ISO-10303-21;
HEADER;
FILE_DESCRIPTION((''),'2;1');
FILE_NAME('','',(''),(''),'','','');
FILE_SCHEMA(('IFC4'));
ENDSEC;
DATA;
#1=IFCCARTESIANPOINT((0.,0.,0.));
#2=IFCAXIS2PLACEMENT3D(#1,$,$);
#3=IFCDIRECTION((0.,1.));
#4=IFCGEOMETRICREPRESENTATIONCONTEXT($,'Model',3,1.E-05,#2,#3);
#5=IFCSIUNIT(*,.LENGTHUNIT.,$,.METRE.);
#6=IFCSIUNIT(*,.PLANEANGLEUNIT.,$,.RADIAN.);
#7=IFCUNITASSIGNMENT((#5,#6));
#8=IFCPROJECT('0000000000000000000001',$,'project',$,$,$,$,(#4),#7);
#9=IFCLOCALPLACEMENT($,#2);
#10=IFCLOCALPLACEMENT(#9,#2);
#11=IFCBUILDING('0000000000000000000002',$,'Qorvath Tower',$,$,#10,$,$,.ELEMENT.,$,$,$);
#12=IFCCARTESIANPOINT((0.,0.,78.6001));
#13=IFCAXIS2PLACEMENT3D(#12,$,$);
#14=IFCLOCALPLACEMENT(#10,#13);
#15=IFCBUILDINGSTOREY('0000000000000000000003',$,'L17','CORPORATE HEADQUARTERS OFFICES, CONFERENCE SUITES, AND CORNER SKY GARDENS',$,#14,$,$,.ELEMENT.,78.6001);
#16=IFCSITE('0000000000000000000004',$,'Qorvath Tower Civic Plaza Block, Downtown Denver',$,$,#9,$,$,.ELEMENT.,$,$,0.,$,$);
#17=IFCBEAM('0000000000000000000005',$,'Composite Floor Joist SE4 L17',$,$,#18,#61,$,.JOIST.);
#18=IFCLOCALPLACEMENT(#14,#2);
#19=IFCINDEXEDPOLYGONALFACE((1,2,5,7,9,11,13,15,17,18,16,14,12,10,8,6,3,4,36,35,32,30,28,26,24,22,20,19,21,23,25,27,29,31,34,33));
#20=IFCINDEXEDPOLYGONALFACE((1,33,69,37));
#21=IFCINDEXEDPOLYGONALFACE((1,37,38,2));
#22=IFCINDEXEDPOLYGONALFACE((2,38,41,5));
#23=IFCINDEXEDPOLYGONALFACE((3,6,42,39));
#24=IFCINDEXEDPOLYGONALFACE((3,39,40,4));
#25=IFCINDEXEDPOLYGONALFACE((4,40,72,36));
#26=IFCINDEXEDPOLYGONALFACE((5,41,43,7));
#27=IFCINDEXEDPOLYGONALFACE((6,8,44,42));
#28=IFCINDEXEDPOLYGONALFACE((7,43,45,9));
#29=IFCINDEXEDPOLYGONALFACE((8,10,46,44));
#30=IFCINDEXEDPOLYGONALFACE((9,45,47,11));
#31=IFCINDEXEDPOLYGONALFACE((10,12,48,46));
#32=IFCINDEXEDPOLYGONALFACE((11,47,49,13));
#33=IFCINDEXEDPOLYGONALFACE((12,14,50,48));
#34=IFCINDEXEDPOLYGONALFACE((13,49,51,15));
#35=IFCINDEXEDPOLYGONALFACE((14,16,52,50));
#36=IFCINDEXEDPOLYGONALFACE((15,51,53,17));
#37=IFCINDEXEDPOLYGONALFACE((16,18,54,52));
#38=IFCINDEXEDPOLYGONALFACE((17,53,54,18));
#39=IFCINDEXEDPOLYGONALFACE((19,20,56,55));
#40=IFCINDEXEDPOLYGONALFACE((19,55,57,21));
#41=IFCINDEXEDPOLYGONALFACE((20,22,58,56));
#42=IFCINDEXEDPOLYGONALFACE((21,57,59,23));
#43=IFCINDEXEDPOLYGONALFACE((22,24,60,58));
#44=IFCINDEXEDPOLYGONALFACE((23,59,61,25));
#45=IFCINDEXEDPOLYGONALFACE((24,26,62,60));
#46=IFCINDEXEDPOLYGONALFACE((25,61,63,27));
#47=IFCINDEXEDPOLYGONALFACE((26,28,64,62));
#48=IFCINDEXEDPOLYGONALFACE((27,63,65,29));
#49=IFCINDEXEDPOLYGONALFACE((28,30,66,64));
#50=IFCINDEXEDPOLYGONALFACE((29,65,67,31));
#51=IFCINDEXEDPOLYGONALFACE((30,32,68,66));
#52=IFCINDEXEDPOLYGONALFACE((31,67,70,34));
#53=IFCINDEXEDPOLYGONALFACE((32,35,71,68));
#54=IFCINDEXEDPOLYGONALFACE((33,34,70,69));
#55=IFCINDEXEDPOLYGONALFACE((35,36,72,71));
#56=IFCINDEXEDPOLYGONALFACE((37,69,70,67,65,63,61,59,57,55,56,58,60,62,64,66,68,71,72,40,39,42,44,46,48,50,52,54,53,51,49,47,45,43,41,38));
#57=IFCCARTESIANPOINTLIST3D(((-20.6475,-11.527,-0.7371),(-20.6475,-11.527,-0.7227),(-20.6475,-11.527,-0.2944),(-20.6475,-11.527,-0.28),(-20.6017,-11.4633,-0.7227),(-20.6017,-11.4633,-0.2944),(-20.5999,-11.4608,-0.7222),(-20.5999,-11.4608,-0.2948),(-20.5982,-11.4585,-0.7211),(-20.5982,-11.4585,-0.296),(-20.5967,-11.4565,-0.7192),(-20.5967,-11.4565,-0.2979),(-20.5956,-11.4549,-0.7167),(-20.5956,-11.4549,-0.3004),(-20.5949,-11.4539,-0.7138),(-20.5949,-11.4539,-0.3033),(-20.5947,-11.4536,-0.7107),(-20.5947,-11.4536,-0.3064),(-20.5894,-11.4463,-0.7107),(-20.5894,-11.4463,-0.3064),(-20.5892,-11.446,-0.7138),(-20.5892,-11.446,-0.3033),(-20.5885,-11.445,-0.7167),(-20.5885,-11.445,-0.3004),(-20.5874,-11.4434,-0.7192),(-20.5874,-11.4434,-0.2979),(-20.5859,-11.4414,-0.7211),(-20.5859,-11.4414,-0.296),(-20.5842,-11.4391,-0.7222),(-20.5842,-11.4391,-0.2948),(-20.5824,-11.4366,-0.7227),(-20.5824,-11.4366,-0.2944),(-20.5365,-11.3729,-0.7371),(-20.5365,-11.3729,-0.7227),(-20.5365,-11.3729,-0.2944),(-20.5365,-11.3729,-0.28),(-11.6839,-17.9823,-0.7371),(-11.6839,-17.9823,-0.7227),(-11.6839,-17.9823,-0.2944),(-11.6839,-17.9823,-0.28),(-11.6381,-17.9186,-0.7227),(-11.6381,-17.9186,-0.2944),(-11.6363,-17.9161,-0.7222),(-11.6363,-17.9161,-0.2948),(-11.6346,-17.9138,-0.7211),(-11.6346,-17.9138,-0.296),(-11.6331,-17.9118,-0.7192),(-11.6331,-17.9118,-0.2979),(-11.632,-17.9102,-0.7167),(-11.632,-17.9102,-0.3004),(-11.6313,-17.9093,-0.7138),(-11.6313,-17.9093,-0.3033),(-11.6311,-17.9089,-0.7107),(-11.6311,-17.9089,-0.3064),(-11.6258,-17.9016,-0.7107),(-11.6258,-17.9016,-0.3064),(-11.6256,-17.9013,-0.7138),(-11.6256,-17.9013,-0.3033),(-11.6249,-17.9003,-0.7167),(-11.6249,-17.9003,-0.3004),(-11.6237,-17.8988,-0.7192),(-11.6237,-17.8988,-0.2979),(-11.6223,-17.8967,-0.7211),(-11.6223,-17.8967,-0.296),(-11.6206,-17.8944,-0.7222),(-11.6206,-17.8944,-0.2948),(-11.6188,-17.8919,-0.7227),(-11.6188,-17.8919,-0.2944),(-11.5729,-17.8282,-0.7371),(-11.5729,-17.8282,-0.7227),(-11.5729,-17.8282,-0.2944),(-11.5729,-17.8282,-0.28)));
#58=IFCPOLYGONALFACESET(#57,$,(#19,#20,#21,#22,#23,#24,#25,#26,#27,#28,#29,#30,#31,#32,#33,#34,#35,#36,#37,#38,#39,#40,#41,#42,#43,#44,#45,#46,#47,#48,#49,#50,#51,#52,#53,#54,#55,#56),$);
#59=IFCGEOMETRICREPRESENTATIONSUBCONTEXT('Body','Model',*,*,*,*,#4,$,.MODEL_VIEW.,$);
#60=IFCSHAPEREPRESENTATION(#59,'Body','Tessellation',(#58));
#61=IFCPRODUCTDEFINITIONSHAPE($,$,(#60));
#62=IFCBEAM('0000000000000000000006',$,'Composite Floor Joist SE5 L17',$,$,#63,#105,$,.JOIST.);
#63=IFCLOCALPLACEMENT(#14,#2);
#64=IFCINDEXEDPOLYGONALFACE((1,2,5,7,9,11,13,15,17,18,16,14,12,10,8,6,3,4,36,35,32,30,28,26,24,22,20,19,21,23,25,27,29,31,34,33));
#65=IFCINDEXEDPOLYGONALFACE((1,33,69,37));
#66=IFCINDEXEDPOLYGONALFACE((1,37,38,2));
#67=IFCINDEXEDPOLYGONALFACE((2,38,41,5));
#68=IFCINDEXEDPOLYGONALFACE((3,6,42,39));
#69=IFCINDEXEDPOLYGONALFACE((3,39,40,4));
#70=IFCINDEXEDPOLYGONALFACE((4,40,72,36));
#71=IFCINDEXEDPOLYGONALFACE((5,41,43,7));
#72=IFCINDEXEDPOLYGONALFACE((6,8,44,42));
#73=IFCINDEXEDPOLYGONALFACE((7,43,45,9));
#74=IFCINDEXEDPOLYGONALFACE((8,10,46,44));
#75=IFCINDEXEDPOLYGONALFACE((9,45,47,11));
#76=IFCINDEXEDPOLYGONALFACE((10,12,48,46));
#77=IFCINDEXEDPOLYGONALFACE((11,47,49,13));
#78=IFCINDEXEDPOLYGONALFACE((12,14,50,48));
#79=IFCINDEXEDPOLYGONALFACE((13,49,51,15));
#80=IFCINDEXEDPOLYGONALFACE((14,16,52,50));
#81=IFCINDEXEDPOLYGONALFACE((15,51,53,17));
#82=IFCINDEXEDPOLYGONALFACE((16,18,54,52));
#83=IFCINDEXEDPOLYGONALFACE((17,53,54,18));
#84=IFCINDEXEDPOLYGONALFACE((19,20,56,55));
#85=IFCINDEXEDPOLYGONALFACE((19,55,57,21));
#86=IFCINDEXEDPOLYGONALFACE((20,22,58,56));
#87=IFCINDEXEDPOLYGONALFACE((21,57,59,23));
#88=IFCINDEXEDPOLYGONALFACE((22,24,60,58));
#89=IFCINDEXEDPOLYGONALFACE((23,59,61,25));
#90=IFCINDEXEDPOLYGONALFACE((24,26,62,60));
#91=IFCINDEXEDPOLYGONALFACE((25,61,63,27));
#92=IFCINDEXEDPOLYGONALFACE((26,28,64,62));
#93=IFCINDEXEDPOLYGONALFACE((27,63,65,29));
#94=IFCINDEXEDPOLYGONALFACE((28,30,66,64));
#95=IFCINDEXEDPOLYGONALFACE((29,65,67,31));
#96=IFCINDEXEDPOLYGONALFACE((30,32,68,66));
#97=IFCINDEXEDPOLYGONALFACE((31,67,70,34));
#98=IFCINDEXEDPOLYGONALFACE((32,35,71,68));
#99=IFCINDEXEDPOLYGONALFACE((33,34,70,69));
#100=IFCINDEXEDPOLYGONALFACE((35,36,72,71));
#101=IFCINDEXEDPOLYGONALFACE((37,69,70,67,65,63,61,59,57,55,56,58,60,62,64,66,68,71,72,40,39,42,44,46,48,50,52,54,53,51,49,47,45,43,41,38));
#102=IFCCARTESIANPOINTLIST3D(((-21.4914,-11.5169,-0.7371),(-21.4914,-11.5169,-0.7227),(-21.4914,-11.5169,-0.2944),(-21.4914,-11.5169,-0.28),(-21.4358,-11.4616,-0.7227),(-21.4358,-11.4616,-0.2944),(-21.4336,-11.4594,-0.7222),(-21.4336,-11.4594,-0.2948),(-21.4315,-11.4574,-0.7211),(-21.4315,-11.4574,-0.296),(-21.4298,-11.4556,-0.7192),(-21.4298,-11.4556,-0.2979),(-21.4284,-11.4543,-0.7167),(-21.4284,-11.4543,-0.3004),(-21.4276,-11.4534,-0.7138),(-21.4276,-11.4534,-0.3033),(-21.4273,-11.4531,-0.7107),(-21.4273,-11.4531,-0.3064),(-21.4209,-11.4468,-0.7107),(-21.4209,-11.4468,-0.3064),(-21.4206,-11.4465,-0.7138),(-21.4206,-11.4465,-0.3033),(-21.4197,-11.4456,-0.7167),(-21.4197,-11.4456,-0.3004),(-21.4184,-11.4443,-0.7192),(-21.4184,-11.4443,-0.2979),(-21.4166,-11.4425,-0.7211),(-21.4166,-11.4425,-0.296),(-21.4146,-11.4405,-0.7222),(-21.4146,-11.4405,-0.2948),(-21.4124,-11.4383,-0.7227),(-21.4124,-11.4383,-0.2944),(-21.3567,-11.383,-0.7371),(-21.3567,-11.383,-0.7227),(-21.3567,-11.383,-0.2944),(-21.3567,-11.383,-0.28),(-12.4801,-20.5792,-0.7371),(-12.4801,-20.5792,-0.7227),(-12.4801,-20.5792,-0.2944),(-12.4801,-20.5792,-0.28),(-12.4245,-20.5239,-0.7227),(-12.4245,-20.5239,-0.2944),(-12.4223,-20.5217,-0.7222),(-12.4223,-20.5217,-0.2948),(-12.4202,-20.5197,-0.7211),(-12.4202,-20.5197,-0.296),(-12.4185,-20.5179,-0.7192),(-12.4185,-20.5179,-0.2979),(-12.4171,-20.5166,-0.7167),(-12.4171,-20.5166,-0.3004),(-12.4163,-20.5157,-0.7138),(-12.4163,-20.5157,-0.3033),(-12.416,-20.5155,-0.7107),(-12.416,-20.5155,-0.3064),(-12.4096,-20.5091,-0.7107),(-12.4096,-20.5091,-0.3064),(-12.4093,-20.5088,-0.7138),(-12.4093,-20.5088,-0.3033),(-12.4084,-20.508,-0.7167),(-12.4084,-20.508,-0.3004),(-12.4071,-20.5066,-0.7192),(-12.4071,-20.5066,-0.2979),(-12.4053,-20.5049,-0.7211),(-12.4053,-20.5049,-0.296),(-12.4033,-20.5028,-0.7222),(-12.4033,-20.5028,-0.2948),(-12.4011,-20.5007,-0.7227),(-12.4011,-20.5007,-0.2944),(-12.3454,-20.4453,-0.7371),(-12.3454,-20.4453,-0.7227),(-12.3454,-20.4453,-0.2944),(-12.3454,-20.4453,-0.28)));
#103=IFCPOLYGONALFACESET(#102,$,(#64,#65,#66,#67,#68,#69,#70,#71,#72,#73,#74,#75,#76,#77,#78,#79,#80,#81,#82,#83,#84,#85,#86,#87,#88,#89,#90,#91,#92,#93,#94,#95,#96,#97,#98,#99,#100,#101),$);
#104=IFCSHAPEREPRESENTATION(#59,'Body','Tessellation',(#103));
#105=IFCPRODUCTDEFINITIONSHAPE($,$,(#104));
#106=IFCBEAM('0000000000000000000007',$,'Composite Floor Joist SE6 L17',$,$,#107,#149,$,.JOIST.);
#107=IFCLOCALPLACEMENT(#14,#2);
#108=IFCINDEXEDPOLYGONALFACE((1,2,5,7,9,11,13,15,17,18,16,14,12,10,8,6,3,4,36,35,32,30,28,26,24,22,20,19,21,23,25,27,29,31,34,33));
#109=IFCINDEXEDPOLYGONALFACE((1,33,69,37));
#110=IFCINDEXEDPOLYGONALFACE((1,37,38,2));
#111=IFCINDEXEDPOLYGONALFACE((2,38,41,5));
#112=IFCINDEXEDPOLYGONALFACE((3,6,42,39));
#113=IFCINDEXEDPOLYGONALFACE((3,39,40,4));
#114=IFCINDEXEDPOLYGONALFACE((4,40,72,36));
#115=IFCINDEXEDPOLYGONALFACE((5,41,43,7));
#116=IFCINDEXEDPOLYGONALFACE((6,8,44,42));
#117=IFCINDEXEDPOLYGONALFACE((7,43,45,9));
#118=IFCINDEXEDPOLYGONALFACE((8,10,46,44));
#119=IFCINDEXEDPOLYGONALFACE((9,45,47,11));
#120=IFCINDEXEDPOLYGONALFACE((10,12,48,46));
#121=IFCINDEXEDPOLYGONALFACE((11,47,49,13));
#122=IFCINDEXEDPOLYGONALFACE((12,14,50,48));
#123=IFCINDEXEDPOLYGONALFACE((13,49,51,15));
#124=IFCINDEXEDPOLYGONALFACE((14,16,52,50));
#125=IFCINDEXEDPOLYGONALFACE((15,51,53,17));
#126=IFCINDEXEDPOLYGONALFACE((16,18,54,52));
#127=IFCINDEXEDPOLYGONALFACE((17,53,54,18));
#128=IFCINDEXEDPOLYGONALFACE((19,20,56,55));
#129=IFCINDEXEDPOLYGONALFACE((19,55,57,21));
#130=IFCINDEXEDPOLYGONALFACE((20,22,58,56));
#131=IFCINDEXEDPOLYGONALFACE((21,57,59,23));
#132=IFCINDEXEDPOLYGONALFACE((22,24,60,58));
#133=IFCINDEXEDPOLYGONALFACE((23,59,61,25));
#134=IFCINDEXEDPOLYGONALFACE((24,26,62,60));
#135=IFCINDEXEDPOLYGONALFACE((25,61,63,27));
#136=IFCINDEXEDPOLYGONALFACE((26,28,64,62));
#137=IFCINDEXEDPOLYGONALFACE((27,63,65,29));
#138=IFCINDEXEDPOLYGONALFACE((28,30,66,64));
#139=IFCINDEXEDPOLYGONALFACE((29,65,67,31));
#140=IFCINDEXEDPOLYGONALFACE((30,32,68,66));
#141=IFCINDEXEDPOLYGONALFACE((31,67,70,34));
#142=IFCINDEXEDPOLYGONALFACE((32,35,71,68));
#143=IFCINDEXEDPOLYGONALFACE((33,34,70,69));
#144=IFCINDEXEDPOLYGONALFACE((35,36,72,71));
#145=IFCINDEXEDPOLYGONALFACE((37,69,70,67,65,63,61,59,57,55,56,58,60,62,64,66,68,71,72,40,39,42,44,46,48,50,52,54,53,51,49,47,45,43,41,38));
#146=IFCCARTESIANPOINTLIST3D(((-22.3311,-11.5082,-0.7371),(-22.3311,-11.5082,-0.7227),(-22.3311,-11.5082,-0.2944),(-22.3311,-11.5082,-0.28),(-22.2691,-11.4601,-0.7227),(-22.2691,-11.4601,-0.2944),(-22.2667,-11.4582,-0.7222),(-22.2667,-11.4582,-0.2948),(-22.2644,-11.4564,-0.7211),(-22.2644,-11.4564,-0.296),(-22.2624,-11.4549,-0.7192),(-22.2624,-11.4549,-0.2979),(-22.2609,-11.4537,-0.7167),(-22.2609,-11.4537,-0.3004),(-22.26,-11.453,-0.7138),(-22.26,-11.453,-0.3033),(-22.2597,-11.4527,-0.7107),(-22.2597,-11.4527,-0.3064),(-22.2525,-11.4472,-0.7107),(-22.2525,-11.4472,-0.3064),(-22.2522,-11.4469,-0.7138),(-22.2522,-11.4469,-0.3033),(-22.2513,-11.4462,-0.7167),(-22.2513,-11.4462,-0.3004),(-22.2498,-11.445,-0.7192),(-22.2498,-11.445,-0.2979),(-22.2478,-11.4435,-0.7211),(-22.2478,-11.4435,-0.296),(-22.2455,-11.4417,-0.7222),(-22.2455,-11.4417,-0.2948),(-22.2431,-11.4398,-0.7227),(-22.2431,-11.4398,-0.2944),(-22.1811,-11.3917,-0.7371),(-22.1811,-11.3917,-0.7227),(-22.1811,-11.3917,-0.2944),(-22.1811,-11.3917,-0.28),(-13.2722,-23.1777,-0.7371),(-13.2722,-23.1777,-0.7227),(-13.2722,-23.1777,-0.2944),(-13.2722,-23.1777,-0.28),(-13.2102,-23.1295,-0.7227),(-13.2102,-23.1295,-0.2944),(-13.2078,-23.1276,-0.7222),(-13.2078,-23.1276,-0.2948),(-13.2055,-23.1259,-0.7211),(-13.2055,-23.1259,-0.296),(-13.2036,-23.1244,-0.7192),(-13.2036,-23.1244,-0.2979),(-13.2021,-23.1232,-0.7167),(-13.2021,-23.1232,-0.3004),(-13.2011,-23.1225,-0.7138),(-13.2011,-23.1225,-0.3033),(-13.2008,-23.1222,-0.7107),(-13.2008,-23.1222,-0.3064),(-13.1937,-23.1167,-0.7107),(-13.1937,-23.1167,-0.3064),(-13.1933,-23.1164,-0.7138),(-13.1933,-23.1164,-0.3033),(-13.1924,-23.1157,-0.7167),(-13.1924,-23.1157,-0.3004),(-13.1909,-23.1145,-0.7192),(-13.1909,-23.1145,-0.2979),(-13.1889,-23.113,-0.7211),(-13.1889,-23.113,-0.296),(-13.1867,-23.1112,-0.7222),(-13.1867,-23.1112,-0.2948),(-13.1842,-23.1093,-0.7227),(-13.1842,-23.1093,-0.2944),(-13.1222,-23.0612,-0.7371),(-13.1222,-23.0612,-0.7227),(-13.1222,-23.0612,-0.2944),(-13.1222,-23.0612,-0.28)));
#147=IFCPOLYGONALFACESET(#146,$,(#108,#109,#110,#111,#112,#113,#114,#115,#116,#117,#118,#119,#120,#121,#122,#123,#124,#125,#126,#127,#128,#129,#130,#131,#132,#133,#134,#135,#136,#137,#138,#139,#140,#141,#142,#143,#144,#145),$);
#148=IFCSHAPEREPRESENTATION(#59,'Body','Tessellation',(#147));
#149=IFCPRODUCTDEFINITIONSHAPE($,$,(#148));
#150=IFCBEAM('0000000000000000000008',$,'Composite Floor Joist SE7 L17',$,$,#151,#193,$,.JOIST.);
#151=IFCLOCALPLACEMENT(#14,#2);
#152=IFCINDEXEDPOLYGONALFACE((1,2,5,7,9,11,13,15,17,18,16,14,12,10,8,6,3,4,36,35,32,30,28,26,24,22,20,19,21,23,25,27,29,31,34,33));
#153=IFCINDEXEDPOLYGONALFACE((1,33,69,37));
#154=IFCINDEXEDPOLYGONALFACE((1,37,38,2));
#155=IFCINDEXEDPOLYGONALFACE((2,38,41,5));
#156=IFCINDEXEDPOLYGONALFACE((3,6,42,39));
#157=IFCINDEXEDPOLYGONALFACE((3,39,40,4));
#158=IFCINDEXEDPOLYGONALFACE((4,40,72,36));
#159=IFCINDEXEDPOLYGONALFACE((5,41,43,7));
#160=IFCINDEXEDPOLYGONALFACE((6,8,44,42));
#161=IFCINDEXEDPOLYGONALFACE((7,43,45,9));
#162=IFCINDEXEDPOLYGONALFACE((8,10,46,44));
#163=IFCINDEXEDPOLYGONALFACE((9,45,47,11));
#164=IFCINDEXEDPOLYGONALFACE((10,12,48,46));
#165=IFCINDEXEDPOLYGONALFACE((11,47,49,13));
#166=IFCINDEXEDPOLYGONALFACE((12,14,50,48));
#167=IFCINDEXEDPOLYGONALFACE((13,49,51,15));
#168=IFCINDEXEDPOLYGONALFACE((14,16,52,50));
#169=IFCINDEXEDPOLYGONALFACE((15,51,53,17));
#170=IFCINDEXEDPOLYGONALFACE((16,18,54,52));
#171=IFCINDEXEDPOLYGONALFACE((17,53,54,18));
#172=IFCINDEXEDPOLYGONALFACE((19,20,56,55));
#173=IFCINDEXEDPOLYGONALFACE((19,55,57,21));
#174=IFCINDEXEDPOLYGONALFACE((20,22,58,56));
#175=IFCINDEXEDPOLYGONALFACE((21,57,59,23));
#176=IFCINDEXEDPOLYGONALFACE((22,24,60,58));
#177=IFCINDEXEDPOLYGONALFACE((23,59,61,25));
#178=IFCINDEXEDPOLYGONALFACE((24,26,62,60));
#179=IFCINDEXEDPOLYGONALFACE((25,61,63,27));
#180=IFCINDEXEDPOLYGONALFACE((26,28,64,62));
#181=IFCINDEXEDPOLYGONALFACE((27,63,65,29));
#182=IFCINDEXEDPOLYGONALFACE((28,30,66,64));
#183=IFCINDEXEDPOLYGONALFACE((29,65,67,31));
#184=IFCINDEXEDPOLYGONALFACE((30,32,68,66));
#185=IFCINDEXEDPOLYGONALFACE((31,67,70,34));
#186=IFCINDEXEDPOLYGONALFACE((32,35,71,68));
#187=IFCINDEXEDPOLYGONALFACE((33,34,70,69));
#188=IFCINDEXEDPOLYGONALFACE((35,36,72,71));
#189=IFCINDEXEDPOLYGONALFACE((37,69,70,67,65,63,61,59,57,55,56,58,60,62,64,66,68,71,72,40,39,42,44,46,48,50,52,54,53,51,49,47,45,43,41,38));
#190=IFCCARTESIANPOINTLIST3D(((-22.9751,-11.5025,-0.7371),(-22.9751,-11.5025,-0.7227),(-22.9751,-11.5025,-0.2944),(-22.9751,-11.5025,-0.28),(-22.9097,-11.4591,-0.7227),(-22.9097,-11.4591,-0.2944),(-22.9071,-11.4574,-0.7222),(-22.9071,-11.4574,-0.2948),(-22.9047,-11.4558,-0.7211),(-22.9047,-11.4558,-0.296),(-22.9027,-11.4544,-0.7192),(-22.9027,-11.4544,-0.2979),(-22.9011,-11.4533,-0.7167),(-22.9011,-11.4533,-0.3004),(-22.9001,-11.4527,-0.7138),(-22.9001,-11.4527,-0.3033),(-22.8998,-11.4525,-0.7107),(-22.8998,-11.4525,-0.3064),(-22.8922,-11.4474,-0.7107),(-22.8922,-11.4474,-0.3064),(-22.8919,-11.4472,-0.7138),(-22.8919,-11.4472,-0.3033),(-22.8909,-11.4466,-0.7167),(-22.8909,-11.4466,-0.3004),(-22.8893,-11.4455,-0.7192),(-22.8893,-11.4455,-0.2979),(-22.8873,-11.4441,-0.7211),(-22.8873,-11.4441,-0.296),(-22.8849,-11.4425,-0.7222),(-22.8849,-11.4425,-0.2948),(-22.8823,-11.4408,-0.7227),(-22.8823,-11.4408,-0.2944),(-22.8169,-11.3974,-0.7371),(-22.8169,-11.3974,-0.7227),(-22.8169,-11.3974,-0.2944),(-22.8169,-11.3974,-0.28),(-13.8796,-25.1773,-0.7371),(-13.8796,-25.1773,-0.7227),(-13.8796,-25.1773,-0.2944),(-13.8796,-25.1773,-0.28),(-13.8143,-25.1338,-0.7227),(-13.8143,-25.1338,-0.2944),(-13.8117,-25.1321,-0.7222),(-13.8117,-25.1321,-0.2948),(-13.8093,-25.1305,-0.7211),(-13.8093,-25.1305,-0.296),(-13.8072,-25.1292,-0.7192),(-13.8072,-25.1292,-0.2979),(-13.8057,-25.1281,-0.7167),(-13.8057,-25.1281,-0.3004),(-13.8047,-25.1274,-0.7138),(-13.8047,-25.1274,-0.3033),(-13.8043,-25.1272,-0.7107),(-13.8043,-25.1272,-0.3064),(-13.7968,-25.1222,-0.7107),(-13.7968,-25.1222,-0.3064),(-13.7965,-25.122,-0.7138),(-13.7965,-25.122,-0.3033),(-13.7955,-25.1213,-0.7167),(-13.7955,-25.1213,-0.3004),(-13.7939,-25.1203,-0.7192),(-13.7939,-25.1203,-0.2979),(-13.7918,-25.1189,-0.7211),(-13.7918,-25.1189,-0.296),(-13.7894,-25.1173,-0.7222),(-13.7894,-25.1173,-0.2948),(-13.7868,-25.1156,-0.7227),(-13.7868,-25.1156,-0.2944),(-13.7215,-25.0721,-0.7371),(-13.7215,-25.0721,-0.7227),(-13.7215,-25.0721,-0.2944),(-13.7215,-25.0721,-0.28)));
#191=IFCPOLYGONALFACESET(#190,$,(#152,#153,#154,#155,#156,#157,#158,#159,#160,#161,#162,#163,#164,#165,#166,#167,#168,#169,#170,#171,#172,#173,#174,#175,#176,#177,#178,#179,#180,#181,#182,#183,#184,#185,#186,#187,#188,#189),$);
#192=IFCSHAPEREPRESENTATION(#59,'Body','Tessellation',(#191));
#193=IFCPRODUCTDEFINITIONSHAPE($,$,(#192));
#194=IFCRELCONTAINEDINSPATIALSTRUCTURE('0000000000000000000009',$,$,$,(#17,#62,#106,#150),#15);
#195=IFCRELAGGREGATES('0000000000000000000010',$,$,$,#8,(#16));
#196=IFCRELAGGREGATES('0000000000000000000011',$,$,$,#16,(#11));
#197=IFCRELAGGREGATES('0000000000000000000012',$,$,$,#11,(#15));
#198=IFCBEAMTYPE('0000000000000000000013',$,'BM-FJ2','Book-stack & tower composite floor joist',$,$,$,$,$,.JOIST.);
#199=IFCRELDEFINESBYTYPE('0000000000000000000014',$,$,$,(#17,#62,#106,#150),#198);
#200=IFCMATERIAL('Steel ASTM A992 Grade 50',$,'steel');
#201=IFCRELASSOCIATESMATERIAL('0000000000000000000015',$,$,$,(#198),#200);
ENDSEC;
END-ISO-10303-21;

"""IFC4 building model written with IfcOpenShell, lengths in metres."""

from ifc_helpers import new_model, si_unit, direction, frame, origin, origin_2d, place, context, subcontext, project, spatial, i_section, extrude, material, material_profile, profile_set, type_object, element, save


model = new_model("IFC4")

# Units and contexts
model_context = context("Model", 3, precision=1e-05, world=origin(), true_north=direction((0.0, 1.0)))
body_context = subcontext(model_context, "Body", "Model", "MODEL_VIEW")
ifc_project = project(units=[si_unit("LENGTHUNIT", "METRE"), si_unit("PLANEANGLEUNIT", "RADIAN")], contexts=[model_context])

# Site, building, storey
site_placement = place(None, origin())
site = spatial("IfcSite", under=ifc_project, at=site_placement, Name="Qorvath Tower Civic Plaza Block, Downtown Denver", CompositionType="ELEMENT", RefElevation=0.0)
building_placement = place(site_placement, origin())
building = spatial("IfcBuilding", under=site, at=building_placement, Name="Qorvath Tower", CompositionType="ELEMENT")
storey_placement = place(building_placement, frame((0.0, 0.0, 78.6001)))
storey = spatial("IfcBuildingStorey", under=building, at=storey_placement, Name="L17", Description="CORPORATE HEADQUARTERS OFFICES, CONFERENCE SUITES, AND CORNER SKY GARDENS", CompositionType="ELEMENT", Elevation=78.6001)

# Beams
ifc_material_1 = material(Name="Steel ASTM A992 Grade 50", Category="steel")
ifc_material_profile_1 = material_profile(ifc_material_1, i_section(OverallWidth=0.1899, OverallDepth=0.457, WebThickness=0.009, FlangeThickness=0.0144, FilletRadius=0.012, at=origin_2d()), Name="W18x50")
ifc_profile_set_1 = profile_set([ifc_material_profile_1], Name="Steel ASTM A992 Grade 50")
beam_type_1 = type_object("IfcBeamType", Name="BM-FJ2", Description="Book-stack & tower composite floor joist", PredefinedType="JOIST", material=ifc_profile_set_1)
beam_1_placement = place(storey_placement, frame((-20.592, -11.45, -0.5085), z_axis=(0.811469, -0.584395, 0.0), x_axis=(0.584395, 0.811469, 0.0)))
element("IfcBeam", 1, at=beam_1_placement, inside=storey, type_object=beam_type_1, Name="Composite Floor Joist SE4 L17", PredefinedType="JOIST", context=body_context, shape_type="SweptSolid", body=[
    extrude(i_section(OverallWidth=0.1899, OverallDepth=0.457, WebThickness=0.009, FlangeThickness=0.0144, FilletRadius=0.012, at=origin_2d()), origin(), (0.0, 0.0, 1.0), 11.0461),
])
beam_2_placement = place(storey_placement, frame((-21.4241, -11.45, -0.5085), z_axis=(0.705108, -0.7091, 0.0), x_axis=(0.7091, 0.705108, 0.0)))
element("IfcBeam", 2, at=beam_2_placement, inside=storey, type_object=beam_type_1, Name="Composite Floor Joist SE5 L17", PredefinedType="JOIST", context=body_context, shape_type="SweptSolid", body=[
    extrude(i_section(OverallWidth=0.1899, OverallDepth=0.457, WebThickness=0.009, FlangeThickness=0.0144, FilletRadius=0.012, at=origin_2d()), origin(), (0.0, 0.0, 1.0), 12.78),
])
beam_3_placement = place(storey_placement, frame((-22.2561, -11.45, -0.5085), z_axis=(0.613207, -0.789922, 0.0), x_axis=(0.789922, 0.613207, 0.0)))
element("IfcBeam", 3, at=beam_3_placement, inside=storey, type_object=beam_type_1, Name="Composite Floor Joist SE6 L17", PredefinedType="JOIST", context=body_context, shape_type="SweptSolid", body=[
    extrude(i_section(OverallWidth=0.1899, OverallDepth=0.457, WebThickness=0.009, FlangeThickness=0.0144, FilletRadius=0.012, at=origin_2d()), origin(), (0.0, 0.0, 1.0), 14.7729),
])
beam_4_placement = place(storey_placement, frame((-22.896, -11.45, -0.5085), z_axis=(0.553811, -0.832642, 0.0), x_axis=(0.832642, 0.553811, 0.0)))
element("IfcBeam", 4, at=beam_4_placement, inside=storey, type_object=beam_type_1, Name="Composite Floor Joist SE7 L17", PredefinedType="JOIST", context=body_context, shape_type="SweptSolid", body=[
    extrude(i_section(OverallWidth=0.1899, OverallDepth=0.457, WebThickness=0.009, FlangeThickness=0.0144, FilletRadius=0.012, at=origin_2d()), origin(), (0.0, 0.0, 1.0), 16.4233),
])

save(model, "model.ifc")
